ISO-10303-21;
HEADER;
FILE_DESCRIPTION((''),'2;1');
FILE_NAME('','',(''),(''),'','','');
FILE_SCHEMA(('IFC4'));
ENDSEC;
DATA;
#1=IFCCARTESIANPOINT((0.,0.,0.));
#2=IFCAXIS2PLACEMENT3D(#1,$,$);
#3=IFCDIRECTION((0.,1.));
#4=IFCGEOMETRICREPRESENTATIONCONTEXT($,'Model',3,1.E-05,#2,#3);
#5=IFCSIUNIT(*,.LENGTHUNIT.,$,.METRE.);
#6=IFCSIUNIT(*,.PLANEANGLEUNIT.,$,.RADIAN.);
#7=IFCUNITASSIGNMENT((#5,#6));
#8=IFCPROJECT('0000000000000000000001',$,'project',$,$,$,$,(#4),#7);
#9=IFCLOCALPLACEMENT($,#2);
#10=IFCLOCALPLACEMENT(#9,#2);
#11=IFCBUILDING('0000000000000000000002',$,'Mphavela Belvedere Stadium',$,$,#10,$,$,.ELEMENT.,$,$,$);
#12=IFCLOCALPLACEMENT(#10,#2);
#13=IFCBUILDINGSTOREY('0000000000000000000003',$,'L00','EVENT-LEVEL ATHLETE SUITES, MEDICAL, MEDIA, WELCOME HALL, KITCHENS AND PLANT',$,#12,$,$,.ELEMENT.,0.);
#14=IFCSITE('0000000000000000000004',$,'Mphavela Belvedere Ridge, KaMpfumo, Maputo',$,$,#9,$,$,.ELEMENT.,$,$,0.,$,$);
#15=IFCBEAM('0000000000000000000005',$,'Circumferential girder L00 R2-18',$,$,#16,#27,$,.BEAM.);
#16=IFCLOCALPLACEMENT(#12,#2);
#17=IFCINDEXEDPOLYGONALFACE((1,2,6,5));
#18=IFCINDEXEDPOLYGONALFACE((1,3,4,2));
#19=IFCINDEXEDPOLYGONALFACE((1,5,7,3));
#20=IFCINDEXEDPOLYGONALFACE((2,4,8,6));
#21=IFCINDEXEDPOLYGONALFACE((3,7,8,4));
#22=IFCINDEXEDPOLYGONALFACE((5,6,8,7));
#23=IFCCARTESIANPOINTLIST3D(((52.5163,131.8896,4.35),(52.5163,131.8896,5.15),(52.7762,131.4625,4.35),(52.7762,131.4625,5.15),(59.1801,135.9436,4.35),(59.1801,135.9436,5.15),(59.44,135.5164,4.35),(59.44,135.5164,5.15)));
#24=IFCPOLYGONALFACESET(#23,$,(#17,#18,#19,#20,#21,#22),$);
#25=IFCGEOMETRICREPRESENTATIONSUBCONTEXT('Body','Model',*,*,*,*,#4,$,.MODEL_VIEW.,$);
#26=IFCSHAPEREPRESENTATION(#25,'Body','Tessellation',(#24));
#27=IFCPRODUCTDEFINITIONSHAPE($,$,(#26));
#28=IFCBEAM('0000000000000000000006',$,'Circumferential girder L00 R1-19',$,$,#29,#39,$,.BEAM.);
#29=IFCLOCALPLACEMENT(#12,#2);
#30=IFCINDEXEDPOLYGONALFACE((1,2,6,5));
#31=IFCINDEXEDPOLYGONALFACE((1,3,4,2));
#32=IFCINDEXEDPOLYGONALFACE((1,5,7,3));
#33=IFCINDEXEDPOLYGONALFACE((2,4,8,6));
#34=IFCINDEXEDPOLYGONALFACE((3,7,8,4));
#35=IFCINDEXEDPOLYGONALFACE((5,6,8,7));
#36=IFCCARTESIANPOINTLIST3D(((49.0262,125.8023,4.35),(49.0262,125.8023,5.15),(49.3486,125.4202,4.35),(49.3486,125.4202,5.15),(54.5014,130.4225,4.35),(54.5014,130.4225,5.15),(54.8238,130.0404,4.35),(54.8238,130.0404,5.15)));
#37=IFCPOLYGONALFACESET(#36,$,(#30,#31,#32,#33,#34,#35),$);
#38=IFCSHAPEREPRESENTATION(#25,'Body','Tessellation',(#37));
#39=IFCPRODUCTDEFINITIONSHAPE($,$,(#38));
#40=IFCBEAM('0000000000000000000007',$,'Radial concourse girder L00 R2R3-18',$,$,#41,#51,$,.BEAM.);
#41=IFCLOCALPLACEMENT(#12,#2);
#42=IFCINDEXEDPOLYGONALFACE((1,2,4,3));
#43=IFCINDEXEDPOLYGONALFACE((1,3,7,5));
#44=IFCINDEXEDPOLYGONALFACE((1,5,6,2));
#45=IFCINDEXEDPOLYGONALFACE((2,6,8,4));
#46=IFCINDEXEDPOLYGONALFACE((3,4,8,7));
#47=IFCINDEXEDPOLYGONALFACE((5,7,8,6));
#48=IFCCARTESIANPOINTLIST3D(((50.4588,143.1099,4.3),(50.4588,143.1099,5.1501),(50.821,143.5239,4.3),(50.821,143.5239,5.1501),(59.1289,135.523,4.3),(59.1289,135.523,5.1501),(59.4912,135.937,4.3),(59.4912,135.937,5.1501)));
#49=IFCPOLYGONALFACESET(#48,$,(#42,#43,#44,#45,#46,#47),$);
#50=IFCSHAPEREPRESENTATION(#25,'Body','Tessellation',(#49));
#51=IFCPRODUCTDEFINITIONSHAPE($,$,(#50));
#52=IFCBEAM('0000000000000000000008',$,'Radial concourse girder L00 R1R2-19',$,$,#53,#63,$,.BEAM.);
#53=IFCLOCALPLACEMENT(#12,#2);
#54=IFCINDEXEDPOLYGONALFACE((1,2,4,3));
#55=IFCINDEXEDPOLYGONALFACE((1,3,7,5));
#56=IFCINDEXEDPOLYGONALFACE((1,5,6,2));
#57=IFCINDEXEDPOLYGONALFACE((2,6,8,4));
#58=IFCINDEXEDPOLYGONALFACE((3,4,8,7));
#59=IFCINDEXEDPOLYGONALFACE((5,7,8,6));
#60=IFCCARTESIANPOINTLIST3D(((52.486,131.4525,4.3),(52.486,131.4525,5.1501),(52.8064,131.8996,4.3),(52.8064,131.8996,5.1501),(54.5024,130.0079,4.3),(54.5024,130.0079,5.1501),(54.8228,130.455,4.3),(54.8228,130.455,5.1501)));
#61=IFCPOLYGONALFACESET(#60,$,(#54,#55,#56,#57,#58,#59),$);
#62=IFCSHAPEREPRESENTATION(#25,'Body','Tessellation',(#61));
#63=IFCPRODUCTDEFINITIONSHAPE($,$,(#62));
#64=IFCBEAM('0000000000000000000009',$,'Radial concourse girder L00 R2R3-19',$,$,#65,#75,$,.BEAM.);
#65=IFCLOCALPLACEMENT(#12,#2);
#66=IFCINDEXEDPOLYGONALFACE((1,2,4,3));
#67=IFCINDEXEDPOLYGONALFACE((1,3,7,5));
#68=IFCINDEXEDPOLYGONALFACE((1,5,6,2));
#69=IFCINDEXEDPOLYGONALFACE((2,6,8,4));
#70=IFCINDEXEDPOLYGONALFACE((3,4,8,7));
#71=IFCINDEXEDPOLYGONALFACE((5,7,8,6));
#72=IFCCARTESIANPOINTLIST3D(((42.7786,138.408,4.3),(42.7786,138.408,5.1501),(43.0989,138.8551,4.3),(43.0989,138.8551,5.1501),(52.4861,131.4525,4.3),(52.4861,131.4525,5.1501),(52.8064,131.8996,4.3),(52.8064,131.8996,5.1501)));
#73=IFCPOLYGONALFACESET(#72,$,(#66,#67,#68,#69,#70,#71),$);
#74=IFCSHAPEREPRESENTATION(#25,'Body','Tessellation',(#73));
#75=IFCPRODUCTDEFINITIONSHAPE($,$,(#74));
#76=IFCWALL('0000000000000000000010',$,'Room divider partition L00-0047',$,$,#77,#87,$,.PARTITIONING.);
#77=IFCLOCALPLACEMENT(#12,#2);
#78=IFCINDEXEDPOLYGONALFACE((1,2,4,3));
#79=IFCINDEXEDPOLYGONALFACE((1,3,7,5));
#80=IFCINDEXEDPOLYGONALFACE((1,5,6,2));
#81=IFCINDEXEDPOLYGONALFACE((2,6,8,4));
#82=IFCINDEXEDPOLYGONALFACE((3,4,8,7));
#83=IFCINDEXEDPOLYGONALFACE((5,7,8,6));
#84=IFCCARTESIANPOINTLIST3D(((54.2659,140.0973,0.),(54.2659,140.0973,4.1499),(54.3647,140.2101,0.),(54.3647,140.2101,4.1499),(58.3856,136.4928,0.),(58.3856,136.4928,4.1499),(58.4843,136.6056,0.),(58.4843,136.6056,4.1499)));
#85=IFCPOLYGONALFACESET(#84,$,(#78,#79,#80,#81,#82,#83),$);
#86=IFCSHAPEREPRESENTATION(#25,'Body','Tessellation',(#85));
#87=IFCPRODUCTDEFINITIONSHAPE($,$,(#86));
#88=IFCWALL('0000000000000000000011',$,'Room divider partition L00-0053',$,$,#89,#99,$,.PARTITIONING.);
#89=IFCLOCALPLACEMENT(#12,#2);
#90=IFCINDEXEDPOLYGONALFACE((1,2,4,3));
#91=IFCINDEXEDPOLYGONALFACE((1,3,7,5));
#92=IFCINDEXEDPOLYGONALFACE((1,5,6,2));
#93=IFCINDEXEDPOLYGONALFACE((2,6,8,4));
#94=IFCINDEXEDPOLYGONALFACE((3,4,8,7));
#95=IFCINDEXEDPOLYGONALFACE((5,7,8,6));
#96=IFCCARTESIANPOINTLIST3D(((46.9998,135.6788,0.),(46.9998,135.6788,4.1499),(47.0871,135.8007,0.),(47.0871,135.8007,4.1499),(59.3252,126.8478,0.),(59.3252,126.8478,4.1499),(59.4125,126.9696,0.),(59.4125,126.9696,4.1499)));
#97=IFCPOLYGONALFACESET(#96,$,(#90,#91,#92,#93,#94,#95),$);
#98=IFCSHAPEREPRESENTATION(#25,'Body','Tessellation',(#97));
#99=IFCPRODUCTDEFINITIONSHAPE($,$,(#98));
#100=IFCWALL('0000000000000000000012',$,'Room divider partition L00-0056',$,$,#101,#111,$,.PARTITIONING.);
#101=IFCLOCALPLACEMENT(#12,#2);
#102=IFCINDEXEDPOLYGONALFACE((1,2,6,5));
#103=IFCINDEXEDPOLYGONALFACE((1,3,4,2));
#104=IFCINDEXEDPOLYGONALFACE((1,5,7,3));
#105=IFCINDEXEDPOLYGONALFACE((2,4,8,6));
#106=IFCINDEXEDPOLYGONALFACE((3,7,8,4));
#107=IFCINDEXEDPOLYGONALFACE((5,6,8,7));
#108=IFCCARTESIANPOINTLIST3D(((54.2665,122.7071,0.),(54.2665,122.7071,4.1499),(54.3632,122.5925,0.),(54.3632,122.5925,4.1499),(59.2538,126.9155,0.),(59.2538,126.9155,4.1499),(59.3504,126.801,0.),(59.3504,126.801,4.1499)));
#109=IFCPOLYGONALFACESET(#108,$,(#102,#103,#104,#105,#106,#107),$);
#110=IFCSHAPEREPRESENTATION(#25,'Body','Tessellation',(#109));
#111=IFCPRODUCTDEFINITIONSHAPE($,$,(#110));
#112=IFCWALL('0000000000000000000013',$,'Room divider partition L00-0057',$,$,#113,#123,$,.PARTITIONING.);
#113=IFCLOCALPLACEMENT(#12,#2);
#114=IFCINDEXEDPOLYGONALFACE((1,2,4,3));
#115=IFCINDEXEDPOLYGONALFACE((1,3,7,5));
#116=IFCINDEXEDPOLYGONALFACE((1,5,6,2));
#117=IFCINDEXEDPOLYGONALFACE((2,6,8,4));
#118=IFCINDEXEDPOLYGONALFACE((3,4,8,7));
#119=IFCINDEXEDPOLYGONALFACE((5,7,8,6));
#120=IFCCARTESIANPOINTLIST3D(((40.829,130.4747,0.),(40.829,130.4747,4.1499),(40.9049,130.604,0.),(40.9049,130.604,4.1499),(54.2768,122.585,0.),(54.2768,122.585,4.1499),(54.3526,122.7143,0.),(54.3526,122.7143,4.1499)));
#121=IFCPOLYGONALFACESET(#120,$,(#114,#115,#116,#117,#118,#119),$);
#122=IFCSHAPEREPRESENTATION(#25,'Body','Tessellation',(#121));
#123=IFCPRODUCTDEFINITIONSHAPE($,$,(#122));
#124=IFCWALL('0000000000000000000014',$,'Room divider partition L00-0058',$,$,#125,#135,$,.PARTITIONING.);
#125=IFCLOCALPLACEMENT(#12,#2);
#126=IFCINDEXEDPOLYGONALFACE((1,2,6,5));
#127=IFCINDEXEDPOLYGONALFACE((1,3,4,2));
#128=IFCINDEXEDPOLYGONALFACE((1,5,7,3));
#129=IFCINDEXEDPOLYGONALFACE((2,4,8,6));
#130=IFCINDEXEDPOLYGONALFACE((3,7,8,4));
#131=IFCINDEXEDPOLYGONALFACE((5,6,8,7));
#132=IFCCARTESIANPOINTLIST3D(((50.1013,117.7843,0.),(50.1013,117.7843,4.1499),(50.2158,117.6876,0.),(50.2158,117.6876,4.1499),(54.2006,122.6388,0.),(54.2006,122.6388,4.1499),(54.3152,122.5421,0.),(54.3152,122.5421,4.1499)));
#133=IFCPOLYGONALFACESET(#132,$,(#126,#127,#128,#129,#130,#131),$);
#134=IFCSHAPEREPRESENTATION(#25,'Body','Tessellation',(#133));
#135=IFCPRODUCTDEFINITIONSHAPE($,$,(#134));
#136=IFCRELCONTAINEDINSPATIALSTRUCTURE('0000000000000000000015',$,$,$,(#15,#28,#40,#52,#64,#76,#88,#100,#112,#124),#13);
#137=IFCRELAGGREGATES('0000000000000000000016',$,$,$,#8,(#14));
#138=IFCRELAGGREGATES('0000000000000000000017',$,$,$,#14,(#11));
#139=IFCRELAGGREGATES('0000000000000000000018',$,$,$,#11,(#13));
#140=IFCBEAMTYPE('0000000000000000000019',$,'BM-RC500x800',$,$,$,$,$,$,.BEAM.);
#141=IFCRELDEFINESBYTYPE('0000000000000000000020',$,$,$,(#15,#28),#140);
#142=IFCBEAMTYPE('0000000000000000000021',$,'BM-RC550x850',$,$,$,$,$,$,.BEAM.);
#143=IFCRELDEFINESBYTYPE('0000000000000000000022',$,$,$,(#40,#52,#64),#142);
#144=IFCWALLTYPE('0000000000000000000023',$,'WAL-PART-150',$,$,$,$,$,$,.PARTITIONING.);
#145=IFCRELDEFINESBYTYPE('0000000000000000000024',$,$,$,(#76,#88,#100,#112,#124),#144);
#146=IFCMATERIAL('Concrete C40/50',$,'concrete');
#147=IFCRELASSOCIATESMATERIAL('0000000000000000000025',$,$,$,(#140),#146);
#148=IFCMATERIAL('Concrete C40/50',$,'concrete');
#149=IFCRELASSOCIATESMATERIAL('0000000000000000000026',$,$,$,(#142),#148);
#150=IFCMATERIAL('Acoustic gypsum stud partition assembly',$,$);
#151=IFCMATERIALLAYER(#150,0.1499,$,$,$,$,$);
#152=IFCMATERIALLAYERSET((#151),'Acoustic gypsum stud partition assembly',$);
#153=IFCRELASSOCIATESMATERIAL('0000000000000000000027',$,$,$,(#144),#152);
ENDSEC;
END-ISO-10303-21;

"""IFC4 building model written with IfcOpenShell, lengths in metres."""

from ifc_helpers import new_model, si_unit, direction, frame, frame_2d, origin, origin_2d, place, context, subcontext, project, spatial, rectangle, extrude, material, layer, layer_set, material_profile, profile_set, type_object, element, save


model = new_model("IFC4")

# Units and contexts
model_context = context("Model", 3, precision=1e-05, world=origin(), true_north=direction((0.0, 1.0)))
body_context = subcontext(model_context, "Body", "Model", "MODEL_VIEW")
ifc_project = project(units=[si_unit("LENGTHUNIT", "METRE"), si_unit("PLANEANGLEUNIT", "RADIAN")], contexts=[model_context])

# Site, building, storey
site_placement = place(None, origin())
site = spatial("IfcSite", under=ifc_project, at=site_placement, Name="Mphavela Belvedere Ridge, KaMpfumo, Maputo", CompositionType="ELEMENT", RefElevation=0.0)
building_placement = place(site_placement, origin())
building = spatial("IfcBuilding", under=site, at=building_placement, Name="Mphavela Belvedere Stadium", CompositionType="ELEMENT")
storey_placement = place(building_placement, origin())
storey = spatial("IfcBuildingStorey", under=building, at=storey_placement, Name="L00", Description="EVENT-LEVEL ATHLETE SUITES, MEDICAL, MEDIA, WELCOME HALL, KITCHENS AND PLANT", CompositionType="ELEMENT", Elevation=0.0)

# Beams
ifc_material_1 = material(Name="Concrete C40/50", Category="concrete")
ifc_material_profile_1 = material_profile(ifc_material_1, rectangle(XDim=0.5, YDim=0.8, at=origin_2d()), Name="RC 500x800")
ifc_profile_set_1 = profile_set([ifc_material_profile_1], Name="Concrete C40/50")
beam_type_1 = type_object("IfcBeamType", Name="BM-RC500x800", PredefinedType="BEAM", material=ifc_profile_set_1)
beam_1_placement = place(storey_placement, frame((59.3101, 135.73, 4.75), z_axis=(-0.854328, -0.519733, 0.0), x_axis=(0.519733, -0.854328, 0.0)))
element("IfcBeam", 1, at=beam_1_placement, inside=storey, type_object=beam_type_1, Name="Circumferential girder L00 R2-18", PredefinedType="BEAM", context=body_context, shape_type="SweptSolid", body=[
    extrude(rectangle(XDim=0.5, YDim=0.8, at=origin_2d()), origin(), (0.0, 0.0, 1.0), 7.8),
])
beam_2_placement = place(storey_placement, frame((54.6626, 130.2314, 4.75), z_axis=(-0.764257, -0.644912, 0.0), x_axis=(0.644912, -0.764257, 0.0)))
element("IfcBeam", 2, at=beam_2_placement, inside=storey, type_object=beam_type_1, Name="Circumferential girder L00 R1-19", PredefinedType="BEAM", context=body_context, shape_type="SweptSolid", body=[
    extrude(rectangle(XDim=0.5, YDim=0.8, at=origin_2d()), origin(), (0.0, 0.0, 1.0), 7.1641),
])
ifc_material_2 = material(Name="Concrete C40/50", Category="concrete")
ifc_material_profile_2 = material_profile(ifc_material_2, rectangle(XDim=0.55, YDim=0.8501, at=origin_2d()), Name="RC 550x850")
ifc_profile_set_2 = profile_set([ifc_material_profile_2], Name="Concrete C40/50")
beam_type_2 = type_object("IfcBeamType", Name="BM-RC550x850", PredefinedType="BEAM", material=ifc_profile_set_2)
beam_3_placement = place(storey_placement, frame((59.3101, 135.73, 4.7251), z_axis=(-0.752554, 0.65853, 0.0), x_axis=(-0.65853, -0.752554, 0.0)))
element("IfcBeam", 3, at=beam_3_placement, inside=storey, type_object=beam_type_2, Name="Radial concourse girder L00 R2R3-18", PredefinedType="BEAM", context=body_context, shape_type="SweptSolid", body=[
    extrude(rectangle(XDim=0.55, YDim=0.8501, at=origin_2d()), origin(), (0.0, 0.0, 1.0), 11.521),
])
beam_4_placement = place(storey_placement, frame((54.6626, 130.2314, 4.7251), z_axis=(-0.812908, 0.582392, 0.0), x_axis=(-0.582392, -0.812908, 0.0)))
element("IfcBeam", 4, at=beam_4_placement, inside=storey, type_object=beam_type_2, Name="Radial concourse girder L00 R1R2-19", PredefinedType="BEAM", context=body_context, shape_type="SweptSolid", body=[
    extrude(rectangle(XDim=0.55, YDim=0.8501, at=origin_2d()), origin(), (0.0, 0.0, 1.0), 2.4805),
])
beam_5_placement = place(storey_placement, frame((52.6462, 131.676, 4.7251), z_axis=(-0.812876, 0.582437, 0.0), x_axis=(-0.582437, -0.812876, 0.0)))
element("IfcBeam", 5, at=beam_5_placement, inside=storey, type_object=beam_type_2, Name="Radial concourse girder L00 R2R3-19", PredefinedType="BEAM", context=body_context, shape_type="SweptSolid", body=[
    extrude(rectangle(XDim=0.55, YDim=0.8501, at=origin_2d()), origin(), (0.0, 0.0, 1.0), 11.9421),
])

# Walls
ifc_material_3 = material(Name="Acoustic gypsum stud partition assembly")
ifc_layer = layer(ifc_material_3, 0.1499)
ifc_layer_set = layer_set([ifc_layer], Name="Acoustic gypsum stud partition assembly")
wall_type = type_object("IfcWallType", Name="WAL-PART-150", PredefinedType="PARTITIONING", material=ifc_layer_set)
wall_1_placement = place(storey_placement, frame((58.4348, 136.5493, 0.0), z_axis=(0.0, 0.0, 1.0), x_axis=(-0.752593, 0.658486, 0.0)))
element("IfcWall", 6, at=wall_1_placement, inside=storey, type_object=wall_type, Name="Room divider partition L00-0047", PredefinedType="PARTITIONING", context=body_context, shape_type="SweptSolid", body=[
    extrude(rectangle(XDim=5.4739, YDim=0.1499, at=frame_2d((2.7368, 0.0))), origin(), (0.0, 0.0, 1.0), 4.1499),
])
wall_2_placement = place(storey_placement, frame((59.3689, 126.9087, 0.0), z_axis=(0.0, 0.0, 1.0), x_axis=(-0.812885, 0.582424, 0.0)))
element("IfcWall", 7, at=wall_2_placement, inside=storey, type_object=wall_type, Name="Room divider partition L00-0053", PredefinedType="PARTITIONING", context=body_context, shape_type="SweptSolid", body=[
    extrude(rectangle(XDim=15.1626, YDim=0.1499, at=frame_2d((7.5813, 0.0))), origin(), (0.0, 0.0, 1.0), 4.1499),
])
wall_3_placement = place(storey_placement, frame((59.302, 126.8582, 0.0), z_axis=(0.0, 0.0, 1.0), x_axis=(-0.764257, -0.644912, 0.0)))
element("IfcWall", 8, at=wall_3_placement, inside=storey, type_object=wall_type, Name="Room divider partition L00-0056", PredefinedType="PARTITIONING", context=body_context, shape_type="SweptSolid", body=[
    extrude(rectangle(XDim=6.5256, YDim=0.1499, at=frame_2d((3.2627, 0.0))), origin(), (0.0, 0.0, 1.0), 4.1499),
])
wall_4_placement = place(storey_placement, frame((54.3147, 122.6497, 0.0), z_axis=(0.0, 0.0, 1.0), x_axis=(-0.862517, 0.506029, 0.0)))
element("IfcWall", 9, at=wall_4_placement, inside=storey, type_object=wall_type, Name="Room divider partition L00-0057", PredefinedType="PARTITIONING", context=body_context, shape_type="SweptSolid", body=[
    extrude(rectangle(XDim=15.5913, YDim=0.1499, at=frame_2d((7.7957, 0.0))), origin(), (0.0, 0.0, 1.0), 4.1499),
])
wall_5_placement = place(storey_placement, frame((54.2578, 122.5903, 0.0), z_axis=(0.0, 0.0, 1.0), x_axis=(-0.645182, -0.764029, 0.0)))
element("IfcWall", 10, at=wall_5_placement, inside=storey, type_object=wall_type, Name="Room divider partition L00-0058", PredefinedType="PARTITIONING", context=body_context, shape_type="SweptSolid", body=[
    extrude(rectangle(XDim=6.3538, YDim=0.1499, at=frame_2d((3.1768, 0.0))), origin(), (0.0, 0.0, 1.0), 4.1499),
])

save(model, "model.ifc")
